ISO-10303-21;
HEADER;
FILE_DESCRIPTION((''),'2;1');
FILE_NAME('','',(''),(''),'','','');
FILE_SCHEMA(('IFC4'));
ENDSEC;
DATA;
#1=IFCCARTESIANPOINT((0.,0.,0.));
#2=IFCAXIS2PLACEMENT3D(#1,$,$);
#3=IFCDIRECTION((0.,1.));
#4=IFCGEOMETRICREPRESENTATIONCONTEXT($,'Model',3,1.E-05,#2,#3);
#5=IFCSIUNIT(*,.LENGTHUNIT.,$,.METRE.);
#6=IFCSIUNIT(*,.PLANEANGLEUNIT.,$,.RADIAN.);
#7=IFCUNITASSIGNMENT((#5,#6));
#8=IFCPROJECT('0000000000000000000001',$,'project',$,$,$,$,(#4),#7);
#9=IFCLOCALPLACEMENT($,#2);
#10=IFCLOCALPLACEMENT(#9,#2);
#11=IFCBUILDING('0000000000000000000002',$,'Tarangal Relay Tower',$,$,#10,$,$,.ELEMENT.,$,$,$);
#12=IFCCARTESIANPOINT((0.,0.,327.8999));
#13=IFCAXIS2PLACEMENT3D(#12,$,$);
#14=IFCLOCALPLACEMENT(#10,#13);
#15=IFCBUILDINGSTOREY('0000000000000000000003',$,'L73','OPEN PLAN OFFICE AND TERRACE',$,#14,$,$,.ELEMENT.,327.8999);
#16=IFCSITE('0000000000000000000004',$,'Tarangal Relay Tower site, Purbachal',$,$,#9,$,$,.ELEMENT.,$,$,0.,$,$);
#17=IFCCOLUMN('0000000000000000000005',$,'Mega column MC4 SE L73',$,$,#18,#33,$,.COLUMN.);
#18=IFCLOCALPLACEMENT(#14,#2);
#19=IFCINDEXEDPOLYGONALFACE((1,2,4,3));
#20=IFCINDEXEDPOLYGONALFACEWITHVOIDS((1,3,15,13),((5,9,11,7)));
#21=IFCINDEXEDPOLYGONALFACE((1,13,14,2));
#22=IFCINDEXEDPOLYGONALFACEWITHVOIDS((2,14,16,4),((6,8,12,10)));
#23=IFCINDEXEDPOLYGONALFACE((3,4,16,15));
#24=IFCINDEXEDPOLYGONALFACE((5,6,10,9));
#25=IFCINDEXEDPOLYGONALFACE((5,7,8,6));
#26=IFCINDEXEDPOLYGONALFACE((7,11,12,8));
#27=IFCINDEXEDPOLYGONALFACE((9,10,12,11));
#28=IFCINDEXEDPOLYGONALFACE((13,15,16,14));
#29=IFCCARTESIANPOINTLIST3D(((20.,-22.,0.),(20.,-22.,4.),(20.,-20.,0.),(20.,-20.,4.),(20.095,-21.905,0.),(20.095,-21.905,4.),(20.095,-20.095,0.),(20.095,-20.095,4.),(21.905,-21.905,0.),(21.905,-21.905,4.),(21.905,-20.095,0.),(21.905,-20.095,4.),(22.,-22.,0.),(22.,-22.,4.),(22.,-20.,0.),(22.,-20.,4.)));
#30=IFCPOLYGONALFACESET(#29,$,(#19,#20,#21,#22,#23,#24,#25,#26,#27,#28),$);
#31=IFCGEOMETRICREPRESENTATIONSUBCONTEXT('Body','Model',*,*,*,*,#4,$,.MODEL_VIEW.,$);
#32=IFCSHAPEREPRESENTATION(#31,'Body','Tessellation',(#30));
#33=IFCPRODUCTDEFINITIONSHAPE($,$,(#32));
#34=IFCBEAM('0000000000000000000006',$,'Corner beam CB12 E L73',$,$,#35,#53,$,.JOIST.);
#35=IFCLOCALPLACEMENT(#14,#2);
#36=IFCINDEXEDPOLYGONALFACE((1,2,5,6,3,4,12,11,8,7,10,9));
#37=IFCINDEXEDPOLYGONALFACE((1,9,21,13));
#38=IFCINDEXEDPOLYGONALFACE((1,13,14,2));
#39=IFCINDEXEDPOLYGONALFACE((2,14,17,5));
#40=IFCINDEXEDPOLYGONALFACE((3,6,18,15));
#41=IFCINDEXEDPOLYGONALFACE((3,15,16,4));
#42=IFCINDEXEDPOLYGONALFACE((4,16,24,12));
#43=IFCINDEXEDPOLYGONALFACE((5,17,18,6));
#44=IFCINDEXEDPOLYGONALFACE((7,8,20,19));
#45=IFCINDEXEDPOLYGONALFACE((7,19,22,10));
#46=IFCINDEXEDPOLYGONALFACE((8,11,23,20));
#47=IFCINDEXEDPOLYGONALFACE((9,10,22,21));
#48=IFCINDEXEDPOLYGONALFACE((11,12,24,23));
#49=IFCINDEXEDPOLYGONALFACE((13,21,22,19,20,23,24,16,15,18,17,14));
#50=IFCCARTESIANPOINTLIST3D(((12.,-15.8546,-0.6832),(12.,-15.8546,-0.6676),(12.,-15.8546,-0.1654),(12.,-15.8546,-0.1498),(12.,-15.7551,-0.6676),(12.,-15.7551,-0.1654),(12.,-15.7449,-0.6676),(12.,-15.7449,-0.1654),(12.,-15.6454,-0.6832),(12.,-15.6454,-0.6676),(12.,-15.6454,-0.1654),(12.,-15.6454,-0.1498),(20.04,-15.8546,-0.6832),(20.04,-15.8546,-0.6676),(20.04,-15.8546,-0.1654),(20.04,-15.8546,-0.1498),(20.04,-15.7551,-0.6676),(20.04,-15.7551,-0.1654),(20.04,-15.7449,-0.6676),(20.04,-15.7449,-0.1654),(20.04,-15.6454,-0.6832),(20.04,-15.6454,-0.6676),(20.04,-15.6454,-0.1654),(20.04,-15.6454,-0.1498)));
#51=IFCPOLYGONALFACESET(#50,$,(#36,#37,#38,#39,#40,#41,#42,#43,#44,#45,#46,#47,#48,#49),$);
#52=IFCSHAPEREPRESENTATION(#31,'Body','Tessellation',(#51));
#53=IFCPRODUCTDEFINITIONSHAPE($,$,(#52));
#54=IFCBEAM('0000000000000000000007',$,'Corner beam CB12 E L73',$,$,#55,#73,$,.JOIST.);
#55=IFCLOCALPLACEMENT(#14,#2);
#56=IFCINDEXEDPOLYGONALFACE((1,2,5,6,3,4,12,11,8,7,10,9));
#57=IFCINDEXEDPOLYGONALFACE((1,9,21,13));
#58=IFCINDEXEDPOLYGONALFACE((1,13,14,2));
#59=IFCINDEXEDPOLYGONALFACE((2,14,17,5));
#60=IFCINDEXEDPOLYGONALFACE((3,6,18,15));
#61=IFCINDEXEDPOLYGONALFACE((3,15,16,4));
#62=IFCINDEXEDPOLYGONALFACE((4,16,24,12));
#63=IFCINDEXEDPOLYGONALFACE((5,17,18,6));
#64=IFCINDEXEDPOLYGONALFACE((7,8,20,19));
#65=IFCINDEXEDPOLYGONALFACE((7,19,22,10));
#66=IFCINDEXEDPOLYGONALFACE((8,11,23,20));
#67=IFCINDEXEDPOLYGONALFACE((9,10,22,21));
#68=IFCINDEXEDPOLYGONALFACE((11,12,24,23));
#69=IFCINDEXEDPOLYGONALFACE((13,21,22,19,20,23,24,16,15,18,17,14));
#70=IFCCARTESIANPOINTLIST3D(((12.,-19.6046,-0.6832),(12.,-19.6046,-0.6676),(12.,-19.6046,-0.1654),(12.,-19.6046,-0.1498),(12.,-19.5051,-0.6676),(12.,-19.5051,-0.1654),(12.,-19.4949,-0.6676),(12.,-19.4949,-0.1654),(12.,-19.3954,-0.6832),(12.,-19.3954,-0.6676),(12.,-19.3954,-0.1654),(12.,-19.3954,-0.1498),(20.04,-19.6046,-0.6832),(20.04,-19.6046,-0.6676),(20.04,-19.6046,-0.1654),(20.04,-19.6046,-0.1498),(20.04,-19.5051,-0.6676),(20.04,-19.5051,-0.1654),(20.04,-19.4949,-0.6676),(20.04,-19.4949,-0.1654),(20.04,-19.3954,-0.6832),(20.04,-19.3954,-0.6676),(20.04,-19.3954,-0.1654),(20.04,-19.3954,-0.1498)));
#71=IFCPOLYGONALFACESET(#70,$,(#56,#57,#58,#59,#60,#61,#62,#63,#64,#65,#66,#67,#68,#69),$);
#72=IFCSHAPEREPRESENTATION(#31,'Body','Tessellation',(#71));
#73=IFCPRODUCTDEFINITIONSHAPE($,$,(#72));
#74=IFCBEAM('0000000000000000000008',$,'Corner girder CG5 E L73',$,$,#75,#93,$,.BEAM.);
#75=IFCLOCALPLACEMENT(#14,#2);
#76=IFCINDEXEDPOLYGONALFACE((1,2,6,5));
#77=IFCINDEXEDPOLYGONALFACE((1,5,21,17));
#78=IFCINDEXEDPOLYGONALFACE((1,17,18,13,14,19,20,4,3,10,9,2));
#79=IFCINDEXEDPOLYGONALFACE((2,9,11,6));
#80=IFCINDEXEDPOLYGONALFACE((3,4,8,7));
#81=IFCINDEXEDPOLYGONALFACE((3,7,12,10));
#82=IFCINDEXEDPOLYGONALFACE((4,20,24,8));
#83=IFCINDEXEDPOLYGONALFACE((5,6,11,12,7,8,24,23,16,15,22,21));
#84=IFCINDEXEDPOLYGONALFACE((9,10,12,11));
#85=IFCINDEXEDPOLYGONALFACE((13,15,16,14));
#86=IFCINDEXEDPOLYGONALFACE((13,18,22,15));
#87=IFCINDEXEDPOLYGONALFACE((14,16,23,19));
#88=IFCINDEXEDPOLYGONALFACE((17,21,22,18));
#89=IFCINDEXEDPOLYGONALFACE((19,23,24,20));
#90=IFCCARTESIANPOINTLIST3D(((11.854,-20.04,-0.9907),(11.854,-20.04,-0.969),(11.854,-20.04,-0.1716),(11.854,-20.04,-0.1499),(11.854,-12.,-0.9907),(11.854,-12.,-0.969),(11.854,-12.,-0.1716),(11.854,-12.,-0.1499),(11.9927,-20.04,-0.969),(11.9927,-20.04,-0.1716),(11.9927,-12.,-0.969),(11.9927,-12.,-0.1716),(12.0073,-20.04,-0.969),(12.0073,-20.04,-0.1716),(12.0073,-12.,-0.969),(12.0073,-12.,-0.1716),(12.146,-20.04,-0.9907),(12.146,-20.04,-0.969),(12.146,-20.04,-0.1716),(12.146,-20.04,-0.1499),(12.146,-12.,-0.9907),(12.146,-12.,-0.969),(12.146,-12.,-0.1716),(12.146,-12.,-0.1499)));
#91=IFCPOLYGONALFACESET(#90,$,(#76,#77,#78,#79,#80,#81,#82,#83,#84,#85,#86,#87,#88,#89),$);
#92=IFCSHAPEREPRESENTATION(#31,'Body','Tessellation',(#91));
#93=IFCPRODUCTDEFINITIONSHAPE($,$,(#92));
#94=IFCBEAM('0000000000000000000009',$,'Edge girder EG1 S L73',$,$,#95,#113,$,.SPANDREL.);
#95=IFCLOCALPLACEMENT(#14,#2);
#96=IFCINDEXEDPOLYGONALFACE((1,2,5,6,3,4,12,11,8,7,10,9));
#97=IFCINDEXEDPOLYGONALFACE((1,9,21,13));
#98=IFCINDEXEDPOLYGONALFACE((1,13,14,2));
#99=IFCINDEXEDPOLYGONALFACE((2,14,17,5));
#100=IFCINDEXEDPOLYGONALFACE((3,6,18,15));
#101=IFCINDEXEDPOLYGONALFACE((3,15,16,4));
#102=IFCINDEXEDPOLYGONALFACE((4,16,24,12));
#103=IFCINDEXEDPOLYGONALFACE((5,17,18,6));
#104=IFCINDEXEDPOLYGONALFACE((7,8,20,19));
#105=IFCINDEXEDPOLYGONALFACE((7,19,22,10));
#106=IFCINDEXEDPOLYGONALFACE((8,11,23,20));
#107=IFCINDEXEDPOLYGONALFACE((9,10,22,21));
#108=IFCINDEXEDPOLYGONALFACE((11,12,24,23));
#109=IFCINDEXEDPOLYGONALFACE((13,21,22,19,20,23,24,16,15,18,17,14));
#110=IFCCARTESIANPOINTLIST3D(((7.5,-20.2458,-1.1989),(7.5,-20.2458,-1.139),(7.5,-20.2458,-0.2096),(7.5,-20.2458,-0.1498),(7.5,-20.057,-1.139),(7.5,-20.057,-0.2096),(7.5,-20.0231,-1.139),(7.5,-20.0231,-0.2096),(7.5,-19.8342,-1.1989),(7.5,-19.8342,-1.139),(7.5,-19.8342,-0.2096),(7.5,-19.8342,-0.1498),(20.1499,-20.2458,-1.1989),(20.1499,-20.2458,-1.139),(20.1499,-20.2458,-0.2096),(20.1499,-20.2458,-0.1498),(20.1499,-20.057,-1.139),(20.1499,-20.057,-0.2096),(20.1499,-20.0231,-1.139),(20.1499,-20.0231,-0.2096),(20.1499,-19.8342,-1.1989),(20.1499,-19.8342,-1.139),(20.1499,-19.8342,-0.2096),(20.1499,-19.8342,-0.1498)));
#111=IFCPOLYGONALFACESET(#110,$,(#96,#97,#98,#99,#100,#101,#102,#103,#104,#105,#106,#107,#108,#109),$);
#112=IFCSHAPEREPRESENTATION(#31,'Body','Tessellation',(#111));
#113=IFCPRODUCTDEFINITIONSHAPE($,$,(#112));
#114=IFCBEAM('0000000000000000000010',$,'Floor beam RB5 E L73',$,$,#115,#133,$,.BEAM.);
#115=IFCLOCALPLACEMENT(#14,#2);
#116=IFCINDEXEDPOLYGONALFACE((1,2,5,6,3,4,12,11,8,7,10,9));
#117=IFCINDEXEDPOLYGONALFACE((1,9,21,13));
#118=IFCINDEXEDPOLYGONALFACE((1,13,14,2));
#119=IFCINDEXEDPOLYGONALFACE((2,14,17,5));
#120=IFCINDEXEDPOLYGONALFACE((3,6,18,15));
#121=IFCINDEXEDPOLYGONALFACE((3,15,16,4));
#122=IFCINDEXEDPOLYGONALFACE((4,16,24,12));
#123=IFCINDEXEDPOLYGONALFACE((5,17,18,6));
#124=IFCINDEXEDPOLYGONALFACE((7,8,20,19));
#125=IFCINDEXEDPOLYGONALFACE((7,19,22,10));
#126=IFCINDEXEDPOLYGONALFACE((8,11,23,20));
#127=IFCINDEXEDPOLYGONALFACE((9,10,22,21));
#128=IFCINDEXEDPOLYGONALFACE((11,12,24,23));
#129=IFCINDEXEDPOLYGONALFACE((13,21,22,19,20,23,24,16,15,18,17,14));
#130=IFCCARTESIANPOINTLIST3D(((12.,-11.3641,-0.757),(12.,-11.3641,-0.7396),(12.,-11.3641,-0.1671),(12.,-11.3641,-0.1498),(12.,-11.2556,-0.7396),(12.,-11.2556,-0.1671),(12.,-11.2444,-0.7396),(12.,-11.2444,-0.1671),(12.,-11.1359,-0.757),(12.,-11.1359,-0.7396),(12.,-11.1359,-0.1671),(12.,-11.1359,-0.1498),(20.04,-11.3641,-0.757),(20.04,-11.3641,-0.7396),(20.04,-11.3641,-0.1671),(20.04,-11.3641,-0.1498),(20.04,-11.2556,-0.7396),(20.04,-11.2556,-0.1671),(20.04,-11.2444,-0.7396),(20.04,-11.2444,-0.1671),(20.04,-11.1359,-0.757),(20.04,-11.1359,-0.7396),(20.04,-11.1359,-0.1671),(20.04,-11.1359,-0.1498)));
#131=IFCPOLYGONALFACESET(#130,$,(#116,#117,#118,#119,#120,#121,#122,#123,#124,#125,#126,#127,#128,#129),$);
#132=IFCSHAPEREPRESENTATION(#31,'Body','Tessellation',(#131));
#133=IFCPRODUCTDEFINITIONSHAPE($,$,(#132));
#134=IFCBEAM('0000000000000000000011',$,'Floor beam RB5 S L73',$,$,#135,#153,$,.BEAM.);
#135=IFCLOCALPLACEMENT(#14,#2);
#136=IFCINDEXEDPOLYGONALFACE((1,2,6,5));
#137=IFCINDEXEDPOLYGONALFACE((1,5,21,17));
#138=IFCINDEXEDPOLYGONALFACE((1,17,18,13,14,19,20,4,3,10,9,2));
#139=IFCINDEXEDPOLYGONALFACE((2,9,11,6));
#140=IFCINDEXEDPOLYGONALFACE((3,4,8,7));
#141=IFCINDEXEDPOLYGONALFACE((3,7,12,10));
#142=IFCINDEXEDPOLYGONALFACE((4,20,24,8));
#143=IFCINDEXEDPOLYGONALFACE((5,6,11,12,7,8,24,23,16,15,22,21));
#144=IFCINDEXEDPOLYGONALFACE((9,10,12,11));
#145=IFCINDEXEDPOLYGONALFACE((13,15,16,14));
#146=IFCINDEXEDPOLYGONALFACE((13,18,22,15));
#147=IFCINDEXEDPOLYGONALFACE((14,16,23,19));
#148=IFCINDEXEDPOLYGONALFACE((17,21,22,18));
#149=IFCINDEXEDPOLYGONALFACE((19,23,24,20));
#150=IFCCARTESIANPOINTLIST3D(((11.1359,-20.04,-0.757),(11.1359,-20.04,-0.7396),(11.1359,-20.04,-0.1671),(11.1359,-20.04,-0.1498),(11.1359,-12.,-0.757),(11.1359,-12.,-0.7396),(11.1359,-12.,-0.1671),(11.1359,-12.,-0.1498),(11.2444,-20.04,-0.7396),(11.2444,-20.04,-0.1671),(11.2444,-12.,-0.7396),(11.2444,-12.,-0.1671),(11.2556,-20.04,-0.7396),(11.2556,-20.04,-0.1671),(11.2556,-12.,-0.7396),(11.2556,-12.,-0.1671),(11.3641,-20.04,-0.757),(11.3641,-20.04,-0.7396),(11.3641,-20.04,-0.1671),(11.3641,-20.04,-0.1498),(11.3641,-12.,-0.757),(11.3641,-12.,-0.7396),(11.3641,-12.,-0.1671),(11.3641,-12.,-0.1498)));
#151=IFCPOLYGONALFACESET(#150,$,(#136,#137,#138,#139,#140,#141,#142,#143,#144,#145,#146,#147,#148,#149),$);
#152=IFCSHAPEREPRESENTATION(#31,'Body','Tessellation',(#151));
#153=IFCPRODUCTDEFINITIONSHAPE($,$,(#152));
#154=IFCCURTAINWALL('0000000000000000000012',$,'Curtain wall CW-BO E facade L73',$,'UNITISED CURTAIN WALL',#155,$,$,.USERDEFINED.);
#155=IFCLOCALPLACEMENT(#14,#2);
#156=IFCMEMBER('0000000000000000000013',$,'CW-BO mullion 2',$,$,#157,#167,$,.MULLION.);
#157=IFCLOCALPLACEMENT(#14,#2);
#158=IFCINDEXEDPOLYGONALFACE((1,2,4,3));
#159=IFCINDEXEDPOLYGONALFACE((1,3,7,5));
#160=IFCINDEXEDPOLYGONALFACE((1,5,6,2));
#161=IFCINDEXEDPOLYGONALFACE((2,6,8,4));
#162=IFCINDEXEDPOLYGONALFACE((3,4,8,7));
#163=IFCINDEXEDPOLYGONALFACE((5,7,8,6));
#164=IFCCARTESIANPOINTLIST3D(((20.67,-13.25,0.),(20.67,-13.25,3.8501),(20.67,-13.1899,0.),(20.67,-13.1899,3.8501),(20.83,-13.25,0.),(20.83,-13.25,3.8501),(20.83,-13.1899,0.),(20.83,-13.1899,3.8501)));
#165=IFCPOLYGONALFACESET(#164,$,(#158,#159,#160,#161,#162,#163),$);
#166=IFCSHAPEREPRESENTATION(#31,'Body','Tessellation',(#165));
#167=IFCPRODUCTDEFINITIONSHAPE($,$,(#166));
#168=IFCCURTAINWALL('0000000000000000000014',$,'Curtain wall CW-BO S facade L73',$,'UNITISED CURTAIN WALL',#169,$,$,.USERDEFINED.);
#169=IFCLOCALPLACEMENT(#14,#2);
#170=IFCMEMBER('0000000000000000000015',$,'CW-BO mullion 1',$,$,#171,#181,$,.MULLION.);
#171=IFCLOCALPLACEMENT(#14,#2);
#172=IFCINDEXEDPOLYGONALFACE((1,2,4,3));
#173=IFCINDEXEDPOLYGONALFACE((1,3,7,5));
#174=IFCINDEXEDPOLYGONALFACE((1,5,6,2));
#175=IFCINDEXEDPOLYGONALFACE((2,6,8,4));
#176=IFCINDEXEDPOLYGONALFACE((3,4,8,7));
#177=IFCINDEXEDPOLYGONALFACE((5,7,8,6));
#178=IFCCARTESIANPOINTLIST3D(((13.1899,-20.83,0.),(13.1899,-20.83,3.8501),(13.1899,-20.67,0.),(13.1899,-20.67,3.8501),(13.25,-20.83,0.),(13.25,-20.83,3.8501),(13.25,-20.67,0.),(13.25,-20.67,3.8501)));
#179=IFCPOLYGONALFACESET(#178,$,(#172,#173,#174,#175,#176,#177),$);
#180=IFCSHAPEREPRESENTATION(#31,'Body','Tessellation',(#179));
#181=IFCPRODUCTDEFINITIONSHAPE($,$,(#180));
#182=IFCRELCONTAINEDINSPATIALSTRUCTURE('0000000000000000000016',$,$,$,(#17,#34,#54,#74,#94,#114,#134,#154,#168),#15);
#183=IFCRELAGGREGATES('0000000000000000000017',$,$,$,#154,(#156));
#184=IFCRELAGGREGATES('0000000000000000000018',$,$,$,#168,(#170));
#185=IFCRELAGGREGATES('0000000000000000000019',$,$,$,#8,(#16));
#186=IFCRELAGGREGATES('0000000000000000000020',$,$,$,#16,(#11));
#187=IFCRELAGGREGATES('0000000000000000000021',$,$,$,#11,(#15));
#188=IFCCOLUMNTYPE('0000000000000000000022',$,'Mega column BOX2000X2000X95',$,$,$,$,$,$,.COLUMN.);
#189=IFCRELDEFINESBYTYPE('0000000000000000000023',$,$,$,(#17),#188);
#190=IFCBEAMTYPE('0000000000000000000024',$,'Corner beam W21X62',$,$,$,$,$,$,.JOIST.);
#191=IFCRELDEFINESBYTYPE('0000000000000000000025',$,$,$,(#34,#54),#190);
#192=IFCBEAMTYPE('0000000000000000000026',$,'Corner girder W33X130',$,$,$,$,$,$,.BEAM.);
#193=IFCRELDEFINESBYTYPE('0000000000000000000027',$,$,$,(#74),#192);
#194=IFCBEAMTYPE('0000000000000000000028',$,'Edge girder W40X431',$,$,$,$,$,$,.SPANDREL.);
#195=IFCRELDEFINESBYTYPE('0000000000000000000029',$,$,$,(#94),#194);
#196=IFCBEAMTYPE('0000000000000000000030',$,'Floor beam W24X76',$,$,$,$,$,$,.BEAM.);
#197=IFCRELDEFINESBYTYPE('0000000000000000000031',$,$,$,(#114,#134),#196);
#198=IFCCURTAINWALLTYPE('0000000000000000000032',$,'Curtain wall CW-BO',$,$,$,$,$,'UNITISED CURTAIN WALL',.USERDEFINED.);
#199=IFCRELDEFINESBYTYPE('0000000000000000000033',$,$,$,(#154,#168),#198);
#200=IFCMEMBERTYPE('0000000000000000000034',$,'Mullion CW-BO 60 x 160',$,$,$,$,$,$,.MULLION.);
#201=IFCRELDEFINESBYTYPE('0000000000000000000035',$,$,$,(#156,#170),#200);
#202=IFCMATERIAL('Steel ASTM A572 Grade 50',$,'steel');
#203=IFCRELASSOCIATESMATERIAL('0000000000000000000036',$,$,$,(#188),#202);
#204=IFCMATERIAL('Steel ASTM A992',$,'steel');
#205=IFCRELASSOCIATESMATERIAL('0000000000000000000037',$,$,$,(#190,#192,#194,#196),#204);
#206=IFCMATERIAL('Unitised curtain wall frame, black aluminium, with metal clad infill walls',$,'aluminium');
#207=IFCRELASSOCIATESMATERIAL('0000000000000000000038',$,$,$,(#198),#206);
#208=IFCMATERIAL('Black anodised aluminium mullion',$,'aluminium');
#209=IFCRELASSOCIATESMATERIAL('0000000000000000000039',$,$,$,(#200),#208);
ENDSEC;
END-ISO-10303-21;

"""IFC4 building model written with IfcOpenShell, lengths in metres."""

from ifc_helpers import new_model, si_unit, direction, frame, origin, origin_2d, place, context, subcontext, project, spatial, rectangle, hollow_rectangle, i_section, extrude, material, material_profile, profile_set, type_object, element, aggregate, save


model = new_model("IFC4")

# Units and contexts
model_context = context("Model", 3, precision=1e-05, world=origin(), true_north=direction((0.0, 1.0)))
body_context = subcontext(model_context, "Body", "Model", "MODEL_VIEW")
ifc_project = project(units=[si_unit("LENGTHUNIT", "METRE"), si_unit("PLANEANGLEUNIT", "RADIAN")], contexts=[model_context])

# Site, building, storey
site_placement = place(None, origin())
site = spatial("IfcSite", under=ifc_project, at=site_placement, Name="Tarangal Relay Tower site, Purbachal", CompositionType="ELEMENT", RefElevation=0.0)
building_placement = place(site_placement, origin())
building = spatial("IfcBuilding", under=site, at=building_placement, Name="Tarangal Relay Tower", CompositionType="ELEMENT")
storey_placement = place(building_placement, frame((0.0, 0.0, 327.8999)))
storey = spatial("IfcBuildingStorey", under=building, at=storey_placement, Name="L73", Description="OPEN PLAN OFFICE AND TERRACE", CompositionType="ELEMENT", Elevation=327.8999)

# Column
ifc_material_1 = material(Name="Steel ASTM A572 Grade 50", Category="steel")
ifc_material_profile_1 = material_profile(ifc_material_1, hollow_rectangle(XDim=2.0, YDim=2.0, WallThickness=0.095, at=origin_2d()), Name="BOX2000X2000X95")
ifc_profile_set_1 = profile_set([ifc_material_profile_1], Name="Steel ASTM A572 Grade 50")
column_type = type_object("IfcColumnType", Name="Mega column BOX2000X2000X95", PredefinedType="COLUMN", material=ifc_profile_set_1)
column_placement = place(storey_placement, frame((21.0, -21.0, 0.0), z_axis=(0.0, 0.0, 1.0), x_axis=(1.0, 0.0, 0.0)))
element("IfcColumn", 1, at=column_placement, inside=storey, type_object=column_type, Name="Mega column MC4 SE L73", PredefinedType="COLUMN", context=body_context, shape_type="SweptSolid", body=[
    extrude(hollow_rectangle(XDim=2.0, YDim=2.0, WallThickness=0.095, at=origin_2d()), origin(), (0.0, 0.0, 1.0), 4.0),
])

# Beams
ifc_material_2 = material(Name="Steel ASTM A992", Category="steel")
ifc_material_profile_2 = material_profile(ifc_material_2, i_section(OverallWidth=0.2092, OverallDepth=0.5334, WebThickness=0.0103, FlangeThickness=0.0156, at=origin_2d()), Name="W21X62")
ifc_profile_set_2 = profile_set([ifc_material_profile_2], Name="Steel ASTM A992")
beam_type_1 = type_object("IfcBeamType", Name="Corner beam W21X62", PredefinedType="JOIST", material=ifc_profile_set_2)
for number, where, z_axis, x_axis, name in (
    (2, (12.0, -15.75, -0.4165), (1.0, 0.0, 0.0), (0.0, 1.0, 0.0), "Corner beam CB12 E L73"),
    (3, (12.0, -19.5, -0.4165), (1.0, 0.0, 0.0), (0.0, 1.0, 0.0), "Corner beam CB12 E L73"),
):
    element("IfcBeam", number, at=place(storey_placement, frame(where, z_axis=z_axis, x_axis=x_axis)), inside=storey, type_object=beam_type_1, Name=name, PredefinedType="JOIST", context=body_context, shape_type="SweptSolid", body=[
        extrude(i_section(OverallWidth=0.2092, OverallDepth=0.5334, WebThickness=0.0103, FlangeThickness=0.0156, at=origin_2d()), origin(), (0.0, 0.0, 1.0), 8.04),
    ])
ifc_material_profile_3 = material_profile(ifc_material_2, i_section(OverallWidth=0.292, OverallDepth=0.8408, WebThickness=0.0146, FlangeThickness=0.0217, at=origin_2d()), Name="W33X130")
ifc_profile_set_3 = profile_set([ifc_material_profile_3], Name="Steel ASTM A992")
beam_type_2 = type_object("IfcBeamType", Name="Corner girder W33X130", PredefinedType="BEAM", material=ifc_profile_set_3)
beam_1_placement = place(storey_placement, frame((12.0, -12.0, -0.5703), z_axis=(0.0, -1.0, 0.0), x_axis=(1.0, 0.0, 0.0)))
element("IfcBeam", 4, at=beam_1_placement, inside=storey, type_object=beam_type_2, Name="Corner girder CG5 E L73", PredefinedType="BEAM", context=body_context, shape_type="SweptSolid", body=[
    extrude(i_section(OverallWidth=0.292, OverallDepth=0.8408, WebThickness=0.0146, FlangeThickness=0.0217, at=origin_2d()), origin(), (0.0, 0.0, 1.0), 8.04),
])
ifc_material_profile_4 = material_profile(ifc_material_2, i_section(OverallWidth=0.4116, OverallDepth=1.0491, WebThickness=0.0339, FlangeThickness=0.0598, at=origin_2d()), Name="W40X431")
ifc_profile_set_4 = profile_set([ifc_material_profile_4], Name="Steel ASTM A992")
beam_type_3 = type_object("IfcBeamType", Name="Edge girder W40X431", PredefinedType="SPANDREL", material=ifc_profile_set_4)
beam_2_placement = place(storey_placement, frame((20.1499, -20.04, -0.6743), z_axis=(-1.0, 0.0, 0.0), x_axis=(0.0, -1.0, 0.0)))
element("IfcBeam", 5, at=beam_2_placement, inside=storey, type_object=beam_type_3, Name="Edge girder EG1 S L73", PredefinedType="SPANDREL", context=body_context, shape_type="SweptSolid", body=[
    extrude(i_section(OverallWidth=0.4116, OverallDepth=1.0491, WebThickness=0.0339, FlangeThickness=0.0598, at=origin_2d()), origin(), (0.0, 0.0, 1.0), 12.6499),
])
ifc_material_profile_5 = material_profile(ifc_material_2, i_section(OverallWidth=0.2283, OverallDepth=0.6072, WebThickness=0.0112, FlangeThickness=0.0173, at=origin_2d()), Name="W24X76")
ifc_profile_set_5 = profile_set([ifc_material_profile_5], Name="Steel ASTM A992")
beam_type_4 = type_object("IfcBeamType", Name="Floor beam W24X76", PredefinedType="BEAM", material=ifc_profile_set_5)
for number, where, z_axis, x_axis, name in (
    (6, (12.0, -11.25, -0.4534), (1.0, 0.0, 0.0), (0.0, 1.0, 0.0), "Floor beam RB5 E L73"),
    (7, (11.25, -12.0, -0.4534), (0.0, -1.0, 0.0), (1.0, 0.0, 0.0), "Floor beam RB5 S L73"),
):
    element("IfcBeam", number, at=place(storey_placement, frame(where, z_axis=z_axis, x_axis=x_axis)), inside=storey, type_object=beam_type_4, Name=name, PredefinedType="BEAM", context=body_context, shape_type="SweptSolid", body=[
        extrude(i_section(OverallWidth=0.2283, OverallDepth=0.6072, WebThickness=0.0112, FlangeThickness=0.0173, at=origin_2d()), origin(), (0.0, 0.0, 1.0), 8.04),
    ])

# Curtain wall, member
ifc_material_3 = material(Name="Unitised curtain wall frame, black aluminium, with metal clad infill walls", Category="aluminium")
curtain_wall_type = type_object("IfcCurtainWallType", Name="Curtain wall CW-BO", ElementType="UNITISED CURTAIN WALL", PredefinedType="USERDEFINED", material=ifc_material_3)
curtain_wall_1_placement = place(storey_placement, origin())
curtain_wall_1 = element("IfcCurtainWall", 8, at=curtain_wall_1_placement, inside=storey, type_object=curtain_wall_type, Name="Curtain wall CW-BO E facade L73", ObjectType="UNITISED CURTAIN WALL", PredefinedType="USERDEFINED")
ifc_material_4 = material(Name="Black anodised aluminium mullion", Category="aluminium")
ifc_material_profile_6 = material_profile(ifc_material_4, rectangle(XDim=0.1599, YDim=0.0601, at=origin_2d()), Name="CW-BOM 60X160")
ifc_profile_set_6 = profile_set([ifc_material_profile_6], Name="Black anodised aluminium mullion")
member_type_1 = type_object("IfcMemberType", Name="Mullion CW-BO 60 x 160", PredefinedType="MULLION", material=ifc_profile_set_6)
member_1_placement = place(storey_placement, frame((20.75, -13.22, 0.0), z_axis=(0.0, 0.0, 1.0), x_axis=(1.0, 0.0, 0.0)))
member_1 = element("IfcMember", 9, at=member_1_placement, type_object=member_type_1, Name="CW-BO mullion 2", PredefinedType="MULLION", context=body_context, shape_type="SweptSolid", body=[
    extrude(rectangle(XDim=0.1599, YDim=0.0601, at=origin_2d()), origin(), (0.0, 0.0, 1.0), 3.8501),
])
aggregate(curtain_wall_1, [member_1])

# Curtain wall, member
curtain_wall_2_placement = place(storey_placement, origin())
curtain_wall_2 = element("IfcCurtainWall", 10, at=curtain_wall_2_placement, inside=storey, type_object=curtain_wall_type, Name="Curtain wall CW-BO S facade L73", ObjectType="UNITISED CURTAIN WALL", PredefinedType="USERDEFINED")
member_2_placement = place(storey_placement, frame((13.22, -20.75, 0.0), z_axis=(0.0, 0.0, 1.0), x_axis=(0.0, -1.0, 0.0)))
member_2 = element("IfcMember", 11, at=member_2_placement, type_object=member_type_1, Name="CW-BO mullion 1", PredefinedType="MULLION", context=body_context, shape_type="SweptSolid", body=[
    extrude(rectangle(XDim=0.1599, YDim=0.0601, at=origin_2d()), origin(), (0.0, 0.0, 1.0), 3.8501),
])
aggregate(curtain_wall_2, [member_2])

save(model, "model.ifc")
